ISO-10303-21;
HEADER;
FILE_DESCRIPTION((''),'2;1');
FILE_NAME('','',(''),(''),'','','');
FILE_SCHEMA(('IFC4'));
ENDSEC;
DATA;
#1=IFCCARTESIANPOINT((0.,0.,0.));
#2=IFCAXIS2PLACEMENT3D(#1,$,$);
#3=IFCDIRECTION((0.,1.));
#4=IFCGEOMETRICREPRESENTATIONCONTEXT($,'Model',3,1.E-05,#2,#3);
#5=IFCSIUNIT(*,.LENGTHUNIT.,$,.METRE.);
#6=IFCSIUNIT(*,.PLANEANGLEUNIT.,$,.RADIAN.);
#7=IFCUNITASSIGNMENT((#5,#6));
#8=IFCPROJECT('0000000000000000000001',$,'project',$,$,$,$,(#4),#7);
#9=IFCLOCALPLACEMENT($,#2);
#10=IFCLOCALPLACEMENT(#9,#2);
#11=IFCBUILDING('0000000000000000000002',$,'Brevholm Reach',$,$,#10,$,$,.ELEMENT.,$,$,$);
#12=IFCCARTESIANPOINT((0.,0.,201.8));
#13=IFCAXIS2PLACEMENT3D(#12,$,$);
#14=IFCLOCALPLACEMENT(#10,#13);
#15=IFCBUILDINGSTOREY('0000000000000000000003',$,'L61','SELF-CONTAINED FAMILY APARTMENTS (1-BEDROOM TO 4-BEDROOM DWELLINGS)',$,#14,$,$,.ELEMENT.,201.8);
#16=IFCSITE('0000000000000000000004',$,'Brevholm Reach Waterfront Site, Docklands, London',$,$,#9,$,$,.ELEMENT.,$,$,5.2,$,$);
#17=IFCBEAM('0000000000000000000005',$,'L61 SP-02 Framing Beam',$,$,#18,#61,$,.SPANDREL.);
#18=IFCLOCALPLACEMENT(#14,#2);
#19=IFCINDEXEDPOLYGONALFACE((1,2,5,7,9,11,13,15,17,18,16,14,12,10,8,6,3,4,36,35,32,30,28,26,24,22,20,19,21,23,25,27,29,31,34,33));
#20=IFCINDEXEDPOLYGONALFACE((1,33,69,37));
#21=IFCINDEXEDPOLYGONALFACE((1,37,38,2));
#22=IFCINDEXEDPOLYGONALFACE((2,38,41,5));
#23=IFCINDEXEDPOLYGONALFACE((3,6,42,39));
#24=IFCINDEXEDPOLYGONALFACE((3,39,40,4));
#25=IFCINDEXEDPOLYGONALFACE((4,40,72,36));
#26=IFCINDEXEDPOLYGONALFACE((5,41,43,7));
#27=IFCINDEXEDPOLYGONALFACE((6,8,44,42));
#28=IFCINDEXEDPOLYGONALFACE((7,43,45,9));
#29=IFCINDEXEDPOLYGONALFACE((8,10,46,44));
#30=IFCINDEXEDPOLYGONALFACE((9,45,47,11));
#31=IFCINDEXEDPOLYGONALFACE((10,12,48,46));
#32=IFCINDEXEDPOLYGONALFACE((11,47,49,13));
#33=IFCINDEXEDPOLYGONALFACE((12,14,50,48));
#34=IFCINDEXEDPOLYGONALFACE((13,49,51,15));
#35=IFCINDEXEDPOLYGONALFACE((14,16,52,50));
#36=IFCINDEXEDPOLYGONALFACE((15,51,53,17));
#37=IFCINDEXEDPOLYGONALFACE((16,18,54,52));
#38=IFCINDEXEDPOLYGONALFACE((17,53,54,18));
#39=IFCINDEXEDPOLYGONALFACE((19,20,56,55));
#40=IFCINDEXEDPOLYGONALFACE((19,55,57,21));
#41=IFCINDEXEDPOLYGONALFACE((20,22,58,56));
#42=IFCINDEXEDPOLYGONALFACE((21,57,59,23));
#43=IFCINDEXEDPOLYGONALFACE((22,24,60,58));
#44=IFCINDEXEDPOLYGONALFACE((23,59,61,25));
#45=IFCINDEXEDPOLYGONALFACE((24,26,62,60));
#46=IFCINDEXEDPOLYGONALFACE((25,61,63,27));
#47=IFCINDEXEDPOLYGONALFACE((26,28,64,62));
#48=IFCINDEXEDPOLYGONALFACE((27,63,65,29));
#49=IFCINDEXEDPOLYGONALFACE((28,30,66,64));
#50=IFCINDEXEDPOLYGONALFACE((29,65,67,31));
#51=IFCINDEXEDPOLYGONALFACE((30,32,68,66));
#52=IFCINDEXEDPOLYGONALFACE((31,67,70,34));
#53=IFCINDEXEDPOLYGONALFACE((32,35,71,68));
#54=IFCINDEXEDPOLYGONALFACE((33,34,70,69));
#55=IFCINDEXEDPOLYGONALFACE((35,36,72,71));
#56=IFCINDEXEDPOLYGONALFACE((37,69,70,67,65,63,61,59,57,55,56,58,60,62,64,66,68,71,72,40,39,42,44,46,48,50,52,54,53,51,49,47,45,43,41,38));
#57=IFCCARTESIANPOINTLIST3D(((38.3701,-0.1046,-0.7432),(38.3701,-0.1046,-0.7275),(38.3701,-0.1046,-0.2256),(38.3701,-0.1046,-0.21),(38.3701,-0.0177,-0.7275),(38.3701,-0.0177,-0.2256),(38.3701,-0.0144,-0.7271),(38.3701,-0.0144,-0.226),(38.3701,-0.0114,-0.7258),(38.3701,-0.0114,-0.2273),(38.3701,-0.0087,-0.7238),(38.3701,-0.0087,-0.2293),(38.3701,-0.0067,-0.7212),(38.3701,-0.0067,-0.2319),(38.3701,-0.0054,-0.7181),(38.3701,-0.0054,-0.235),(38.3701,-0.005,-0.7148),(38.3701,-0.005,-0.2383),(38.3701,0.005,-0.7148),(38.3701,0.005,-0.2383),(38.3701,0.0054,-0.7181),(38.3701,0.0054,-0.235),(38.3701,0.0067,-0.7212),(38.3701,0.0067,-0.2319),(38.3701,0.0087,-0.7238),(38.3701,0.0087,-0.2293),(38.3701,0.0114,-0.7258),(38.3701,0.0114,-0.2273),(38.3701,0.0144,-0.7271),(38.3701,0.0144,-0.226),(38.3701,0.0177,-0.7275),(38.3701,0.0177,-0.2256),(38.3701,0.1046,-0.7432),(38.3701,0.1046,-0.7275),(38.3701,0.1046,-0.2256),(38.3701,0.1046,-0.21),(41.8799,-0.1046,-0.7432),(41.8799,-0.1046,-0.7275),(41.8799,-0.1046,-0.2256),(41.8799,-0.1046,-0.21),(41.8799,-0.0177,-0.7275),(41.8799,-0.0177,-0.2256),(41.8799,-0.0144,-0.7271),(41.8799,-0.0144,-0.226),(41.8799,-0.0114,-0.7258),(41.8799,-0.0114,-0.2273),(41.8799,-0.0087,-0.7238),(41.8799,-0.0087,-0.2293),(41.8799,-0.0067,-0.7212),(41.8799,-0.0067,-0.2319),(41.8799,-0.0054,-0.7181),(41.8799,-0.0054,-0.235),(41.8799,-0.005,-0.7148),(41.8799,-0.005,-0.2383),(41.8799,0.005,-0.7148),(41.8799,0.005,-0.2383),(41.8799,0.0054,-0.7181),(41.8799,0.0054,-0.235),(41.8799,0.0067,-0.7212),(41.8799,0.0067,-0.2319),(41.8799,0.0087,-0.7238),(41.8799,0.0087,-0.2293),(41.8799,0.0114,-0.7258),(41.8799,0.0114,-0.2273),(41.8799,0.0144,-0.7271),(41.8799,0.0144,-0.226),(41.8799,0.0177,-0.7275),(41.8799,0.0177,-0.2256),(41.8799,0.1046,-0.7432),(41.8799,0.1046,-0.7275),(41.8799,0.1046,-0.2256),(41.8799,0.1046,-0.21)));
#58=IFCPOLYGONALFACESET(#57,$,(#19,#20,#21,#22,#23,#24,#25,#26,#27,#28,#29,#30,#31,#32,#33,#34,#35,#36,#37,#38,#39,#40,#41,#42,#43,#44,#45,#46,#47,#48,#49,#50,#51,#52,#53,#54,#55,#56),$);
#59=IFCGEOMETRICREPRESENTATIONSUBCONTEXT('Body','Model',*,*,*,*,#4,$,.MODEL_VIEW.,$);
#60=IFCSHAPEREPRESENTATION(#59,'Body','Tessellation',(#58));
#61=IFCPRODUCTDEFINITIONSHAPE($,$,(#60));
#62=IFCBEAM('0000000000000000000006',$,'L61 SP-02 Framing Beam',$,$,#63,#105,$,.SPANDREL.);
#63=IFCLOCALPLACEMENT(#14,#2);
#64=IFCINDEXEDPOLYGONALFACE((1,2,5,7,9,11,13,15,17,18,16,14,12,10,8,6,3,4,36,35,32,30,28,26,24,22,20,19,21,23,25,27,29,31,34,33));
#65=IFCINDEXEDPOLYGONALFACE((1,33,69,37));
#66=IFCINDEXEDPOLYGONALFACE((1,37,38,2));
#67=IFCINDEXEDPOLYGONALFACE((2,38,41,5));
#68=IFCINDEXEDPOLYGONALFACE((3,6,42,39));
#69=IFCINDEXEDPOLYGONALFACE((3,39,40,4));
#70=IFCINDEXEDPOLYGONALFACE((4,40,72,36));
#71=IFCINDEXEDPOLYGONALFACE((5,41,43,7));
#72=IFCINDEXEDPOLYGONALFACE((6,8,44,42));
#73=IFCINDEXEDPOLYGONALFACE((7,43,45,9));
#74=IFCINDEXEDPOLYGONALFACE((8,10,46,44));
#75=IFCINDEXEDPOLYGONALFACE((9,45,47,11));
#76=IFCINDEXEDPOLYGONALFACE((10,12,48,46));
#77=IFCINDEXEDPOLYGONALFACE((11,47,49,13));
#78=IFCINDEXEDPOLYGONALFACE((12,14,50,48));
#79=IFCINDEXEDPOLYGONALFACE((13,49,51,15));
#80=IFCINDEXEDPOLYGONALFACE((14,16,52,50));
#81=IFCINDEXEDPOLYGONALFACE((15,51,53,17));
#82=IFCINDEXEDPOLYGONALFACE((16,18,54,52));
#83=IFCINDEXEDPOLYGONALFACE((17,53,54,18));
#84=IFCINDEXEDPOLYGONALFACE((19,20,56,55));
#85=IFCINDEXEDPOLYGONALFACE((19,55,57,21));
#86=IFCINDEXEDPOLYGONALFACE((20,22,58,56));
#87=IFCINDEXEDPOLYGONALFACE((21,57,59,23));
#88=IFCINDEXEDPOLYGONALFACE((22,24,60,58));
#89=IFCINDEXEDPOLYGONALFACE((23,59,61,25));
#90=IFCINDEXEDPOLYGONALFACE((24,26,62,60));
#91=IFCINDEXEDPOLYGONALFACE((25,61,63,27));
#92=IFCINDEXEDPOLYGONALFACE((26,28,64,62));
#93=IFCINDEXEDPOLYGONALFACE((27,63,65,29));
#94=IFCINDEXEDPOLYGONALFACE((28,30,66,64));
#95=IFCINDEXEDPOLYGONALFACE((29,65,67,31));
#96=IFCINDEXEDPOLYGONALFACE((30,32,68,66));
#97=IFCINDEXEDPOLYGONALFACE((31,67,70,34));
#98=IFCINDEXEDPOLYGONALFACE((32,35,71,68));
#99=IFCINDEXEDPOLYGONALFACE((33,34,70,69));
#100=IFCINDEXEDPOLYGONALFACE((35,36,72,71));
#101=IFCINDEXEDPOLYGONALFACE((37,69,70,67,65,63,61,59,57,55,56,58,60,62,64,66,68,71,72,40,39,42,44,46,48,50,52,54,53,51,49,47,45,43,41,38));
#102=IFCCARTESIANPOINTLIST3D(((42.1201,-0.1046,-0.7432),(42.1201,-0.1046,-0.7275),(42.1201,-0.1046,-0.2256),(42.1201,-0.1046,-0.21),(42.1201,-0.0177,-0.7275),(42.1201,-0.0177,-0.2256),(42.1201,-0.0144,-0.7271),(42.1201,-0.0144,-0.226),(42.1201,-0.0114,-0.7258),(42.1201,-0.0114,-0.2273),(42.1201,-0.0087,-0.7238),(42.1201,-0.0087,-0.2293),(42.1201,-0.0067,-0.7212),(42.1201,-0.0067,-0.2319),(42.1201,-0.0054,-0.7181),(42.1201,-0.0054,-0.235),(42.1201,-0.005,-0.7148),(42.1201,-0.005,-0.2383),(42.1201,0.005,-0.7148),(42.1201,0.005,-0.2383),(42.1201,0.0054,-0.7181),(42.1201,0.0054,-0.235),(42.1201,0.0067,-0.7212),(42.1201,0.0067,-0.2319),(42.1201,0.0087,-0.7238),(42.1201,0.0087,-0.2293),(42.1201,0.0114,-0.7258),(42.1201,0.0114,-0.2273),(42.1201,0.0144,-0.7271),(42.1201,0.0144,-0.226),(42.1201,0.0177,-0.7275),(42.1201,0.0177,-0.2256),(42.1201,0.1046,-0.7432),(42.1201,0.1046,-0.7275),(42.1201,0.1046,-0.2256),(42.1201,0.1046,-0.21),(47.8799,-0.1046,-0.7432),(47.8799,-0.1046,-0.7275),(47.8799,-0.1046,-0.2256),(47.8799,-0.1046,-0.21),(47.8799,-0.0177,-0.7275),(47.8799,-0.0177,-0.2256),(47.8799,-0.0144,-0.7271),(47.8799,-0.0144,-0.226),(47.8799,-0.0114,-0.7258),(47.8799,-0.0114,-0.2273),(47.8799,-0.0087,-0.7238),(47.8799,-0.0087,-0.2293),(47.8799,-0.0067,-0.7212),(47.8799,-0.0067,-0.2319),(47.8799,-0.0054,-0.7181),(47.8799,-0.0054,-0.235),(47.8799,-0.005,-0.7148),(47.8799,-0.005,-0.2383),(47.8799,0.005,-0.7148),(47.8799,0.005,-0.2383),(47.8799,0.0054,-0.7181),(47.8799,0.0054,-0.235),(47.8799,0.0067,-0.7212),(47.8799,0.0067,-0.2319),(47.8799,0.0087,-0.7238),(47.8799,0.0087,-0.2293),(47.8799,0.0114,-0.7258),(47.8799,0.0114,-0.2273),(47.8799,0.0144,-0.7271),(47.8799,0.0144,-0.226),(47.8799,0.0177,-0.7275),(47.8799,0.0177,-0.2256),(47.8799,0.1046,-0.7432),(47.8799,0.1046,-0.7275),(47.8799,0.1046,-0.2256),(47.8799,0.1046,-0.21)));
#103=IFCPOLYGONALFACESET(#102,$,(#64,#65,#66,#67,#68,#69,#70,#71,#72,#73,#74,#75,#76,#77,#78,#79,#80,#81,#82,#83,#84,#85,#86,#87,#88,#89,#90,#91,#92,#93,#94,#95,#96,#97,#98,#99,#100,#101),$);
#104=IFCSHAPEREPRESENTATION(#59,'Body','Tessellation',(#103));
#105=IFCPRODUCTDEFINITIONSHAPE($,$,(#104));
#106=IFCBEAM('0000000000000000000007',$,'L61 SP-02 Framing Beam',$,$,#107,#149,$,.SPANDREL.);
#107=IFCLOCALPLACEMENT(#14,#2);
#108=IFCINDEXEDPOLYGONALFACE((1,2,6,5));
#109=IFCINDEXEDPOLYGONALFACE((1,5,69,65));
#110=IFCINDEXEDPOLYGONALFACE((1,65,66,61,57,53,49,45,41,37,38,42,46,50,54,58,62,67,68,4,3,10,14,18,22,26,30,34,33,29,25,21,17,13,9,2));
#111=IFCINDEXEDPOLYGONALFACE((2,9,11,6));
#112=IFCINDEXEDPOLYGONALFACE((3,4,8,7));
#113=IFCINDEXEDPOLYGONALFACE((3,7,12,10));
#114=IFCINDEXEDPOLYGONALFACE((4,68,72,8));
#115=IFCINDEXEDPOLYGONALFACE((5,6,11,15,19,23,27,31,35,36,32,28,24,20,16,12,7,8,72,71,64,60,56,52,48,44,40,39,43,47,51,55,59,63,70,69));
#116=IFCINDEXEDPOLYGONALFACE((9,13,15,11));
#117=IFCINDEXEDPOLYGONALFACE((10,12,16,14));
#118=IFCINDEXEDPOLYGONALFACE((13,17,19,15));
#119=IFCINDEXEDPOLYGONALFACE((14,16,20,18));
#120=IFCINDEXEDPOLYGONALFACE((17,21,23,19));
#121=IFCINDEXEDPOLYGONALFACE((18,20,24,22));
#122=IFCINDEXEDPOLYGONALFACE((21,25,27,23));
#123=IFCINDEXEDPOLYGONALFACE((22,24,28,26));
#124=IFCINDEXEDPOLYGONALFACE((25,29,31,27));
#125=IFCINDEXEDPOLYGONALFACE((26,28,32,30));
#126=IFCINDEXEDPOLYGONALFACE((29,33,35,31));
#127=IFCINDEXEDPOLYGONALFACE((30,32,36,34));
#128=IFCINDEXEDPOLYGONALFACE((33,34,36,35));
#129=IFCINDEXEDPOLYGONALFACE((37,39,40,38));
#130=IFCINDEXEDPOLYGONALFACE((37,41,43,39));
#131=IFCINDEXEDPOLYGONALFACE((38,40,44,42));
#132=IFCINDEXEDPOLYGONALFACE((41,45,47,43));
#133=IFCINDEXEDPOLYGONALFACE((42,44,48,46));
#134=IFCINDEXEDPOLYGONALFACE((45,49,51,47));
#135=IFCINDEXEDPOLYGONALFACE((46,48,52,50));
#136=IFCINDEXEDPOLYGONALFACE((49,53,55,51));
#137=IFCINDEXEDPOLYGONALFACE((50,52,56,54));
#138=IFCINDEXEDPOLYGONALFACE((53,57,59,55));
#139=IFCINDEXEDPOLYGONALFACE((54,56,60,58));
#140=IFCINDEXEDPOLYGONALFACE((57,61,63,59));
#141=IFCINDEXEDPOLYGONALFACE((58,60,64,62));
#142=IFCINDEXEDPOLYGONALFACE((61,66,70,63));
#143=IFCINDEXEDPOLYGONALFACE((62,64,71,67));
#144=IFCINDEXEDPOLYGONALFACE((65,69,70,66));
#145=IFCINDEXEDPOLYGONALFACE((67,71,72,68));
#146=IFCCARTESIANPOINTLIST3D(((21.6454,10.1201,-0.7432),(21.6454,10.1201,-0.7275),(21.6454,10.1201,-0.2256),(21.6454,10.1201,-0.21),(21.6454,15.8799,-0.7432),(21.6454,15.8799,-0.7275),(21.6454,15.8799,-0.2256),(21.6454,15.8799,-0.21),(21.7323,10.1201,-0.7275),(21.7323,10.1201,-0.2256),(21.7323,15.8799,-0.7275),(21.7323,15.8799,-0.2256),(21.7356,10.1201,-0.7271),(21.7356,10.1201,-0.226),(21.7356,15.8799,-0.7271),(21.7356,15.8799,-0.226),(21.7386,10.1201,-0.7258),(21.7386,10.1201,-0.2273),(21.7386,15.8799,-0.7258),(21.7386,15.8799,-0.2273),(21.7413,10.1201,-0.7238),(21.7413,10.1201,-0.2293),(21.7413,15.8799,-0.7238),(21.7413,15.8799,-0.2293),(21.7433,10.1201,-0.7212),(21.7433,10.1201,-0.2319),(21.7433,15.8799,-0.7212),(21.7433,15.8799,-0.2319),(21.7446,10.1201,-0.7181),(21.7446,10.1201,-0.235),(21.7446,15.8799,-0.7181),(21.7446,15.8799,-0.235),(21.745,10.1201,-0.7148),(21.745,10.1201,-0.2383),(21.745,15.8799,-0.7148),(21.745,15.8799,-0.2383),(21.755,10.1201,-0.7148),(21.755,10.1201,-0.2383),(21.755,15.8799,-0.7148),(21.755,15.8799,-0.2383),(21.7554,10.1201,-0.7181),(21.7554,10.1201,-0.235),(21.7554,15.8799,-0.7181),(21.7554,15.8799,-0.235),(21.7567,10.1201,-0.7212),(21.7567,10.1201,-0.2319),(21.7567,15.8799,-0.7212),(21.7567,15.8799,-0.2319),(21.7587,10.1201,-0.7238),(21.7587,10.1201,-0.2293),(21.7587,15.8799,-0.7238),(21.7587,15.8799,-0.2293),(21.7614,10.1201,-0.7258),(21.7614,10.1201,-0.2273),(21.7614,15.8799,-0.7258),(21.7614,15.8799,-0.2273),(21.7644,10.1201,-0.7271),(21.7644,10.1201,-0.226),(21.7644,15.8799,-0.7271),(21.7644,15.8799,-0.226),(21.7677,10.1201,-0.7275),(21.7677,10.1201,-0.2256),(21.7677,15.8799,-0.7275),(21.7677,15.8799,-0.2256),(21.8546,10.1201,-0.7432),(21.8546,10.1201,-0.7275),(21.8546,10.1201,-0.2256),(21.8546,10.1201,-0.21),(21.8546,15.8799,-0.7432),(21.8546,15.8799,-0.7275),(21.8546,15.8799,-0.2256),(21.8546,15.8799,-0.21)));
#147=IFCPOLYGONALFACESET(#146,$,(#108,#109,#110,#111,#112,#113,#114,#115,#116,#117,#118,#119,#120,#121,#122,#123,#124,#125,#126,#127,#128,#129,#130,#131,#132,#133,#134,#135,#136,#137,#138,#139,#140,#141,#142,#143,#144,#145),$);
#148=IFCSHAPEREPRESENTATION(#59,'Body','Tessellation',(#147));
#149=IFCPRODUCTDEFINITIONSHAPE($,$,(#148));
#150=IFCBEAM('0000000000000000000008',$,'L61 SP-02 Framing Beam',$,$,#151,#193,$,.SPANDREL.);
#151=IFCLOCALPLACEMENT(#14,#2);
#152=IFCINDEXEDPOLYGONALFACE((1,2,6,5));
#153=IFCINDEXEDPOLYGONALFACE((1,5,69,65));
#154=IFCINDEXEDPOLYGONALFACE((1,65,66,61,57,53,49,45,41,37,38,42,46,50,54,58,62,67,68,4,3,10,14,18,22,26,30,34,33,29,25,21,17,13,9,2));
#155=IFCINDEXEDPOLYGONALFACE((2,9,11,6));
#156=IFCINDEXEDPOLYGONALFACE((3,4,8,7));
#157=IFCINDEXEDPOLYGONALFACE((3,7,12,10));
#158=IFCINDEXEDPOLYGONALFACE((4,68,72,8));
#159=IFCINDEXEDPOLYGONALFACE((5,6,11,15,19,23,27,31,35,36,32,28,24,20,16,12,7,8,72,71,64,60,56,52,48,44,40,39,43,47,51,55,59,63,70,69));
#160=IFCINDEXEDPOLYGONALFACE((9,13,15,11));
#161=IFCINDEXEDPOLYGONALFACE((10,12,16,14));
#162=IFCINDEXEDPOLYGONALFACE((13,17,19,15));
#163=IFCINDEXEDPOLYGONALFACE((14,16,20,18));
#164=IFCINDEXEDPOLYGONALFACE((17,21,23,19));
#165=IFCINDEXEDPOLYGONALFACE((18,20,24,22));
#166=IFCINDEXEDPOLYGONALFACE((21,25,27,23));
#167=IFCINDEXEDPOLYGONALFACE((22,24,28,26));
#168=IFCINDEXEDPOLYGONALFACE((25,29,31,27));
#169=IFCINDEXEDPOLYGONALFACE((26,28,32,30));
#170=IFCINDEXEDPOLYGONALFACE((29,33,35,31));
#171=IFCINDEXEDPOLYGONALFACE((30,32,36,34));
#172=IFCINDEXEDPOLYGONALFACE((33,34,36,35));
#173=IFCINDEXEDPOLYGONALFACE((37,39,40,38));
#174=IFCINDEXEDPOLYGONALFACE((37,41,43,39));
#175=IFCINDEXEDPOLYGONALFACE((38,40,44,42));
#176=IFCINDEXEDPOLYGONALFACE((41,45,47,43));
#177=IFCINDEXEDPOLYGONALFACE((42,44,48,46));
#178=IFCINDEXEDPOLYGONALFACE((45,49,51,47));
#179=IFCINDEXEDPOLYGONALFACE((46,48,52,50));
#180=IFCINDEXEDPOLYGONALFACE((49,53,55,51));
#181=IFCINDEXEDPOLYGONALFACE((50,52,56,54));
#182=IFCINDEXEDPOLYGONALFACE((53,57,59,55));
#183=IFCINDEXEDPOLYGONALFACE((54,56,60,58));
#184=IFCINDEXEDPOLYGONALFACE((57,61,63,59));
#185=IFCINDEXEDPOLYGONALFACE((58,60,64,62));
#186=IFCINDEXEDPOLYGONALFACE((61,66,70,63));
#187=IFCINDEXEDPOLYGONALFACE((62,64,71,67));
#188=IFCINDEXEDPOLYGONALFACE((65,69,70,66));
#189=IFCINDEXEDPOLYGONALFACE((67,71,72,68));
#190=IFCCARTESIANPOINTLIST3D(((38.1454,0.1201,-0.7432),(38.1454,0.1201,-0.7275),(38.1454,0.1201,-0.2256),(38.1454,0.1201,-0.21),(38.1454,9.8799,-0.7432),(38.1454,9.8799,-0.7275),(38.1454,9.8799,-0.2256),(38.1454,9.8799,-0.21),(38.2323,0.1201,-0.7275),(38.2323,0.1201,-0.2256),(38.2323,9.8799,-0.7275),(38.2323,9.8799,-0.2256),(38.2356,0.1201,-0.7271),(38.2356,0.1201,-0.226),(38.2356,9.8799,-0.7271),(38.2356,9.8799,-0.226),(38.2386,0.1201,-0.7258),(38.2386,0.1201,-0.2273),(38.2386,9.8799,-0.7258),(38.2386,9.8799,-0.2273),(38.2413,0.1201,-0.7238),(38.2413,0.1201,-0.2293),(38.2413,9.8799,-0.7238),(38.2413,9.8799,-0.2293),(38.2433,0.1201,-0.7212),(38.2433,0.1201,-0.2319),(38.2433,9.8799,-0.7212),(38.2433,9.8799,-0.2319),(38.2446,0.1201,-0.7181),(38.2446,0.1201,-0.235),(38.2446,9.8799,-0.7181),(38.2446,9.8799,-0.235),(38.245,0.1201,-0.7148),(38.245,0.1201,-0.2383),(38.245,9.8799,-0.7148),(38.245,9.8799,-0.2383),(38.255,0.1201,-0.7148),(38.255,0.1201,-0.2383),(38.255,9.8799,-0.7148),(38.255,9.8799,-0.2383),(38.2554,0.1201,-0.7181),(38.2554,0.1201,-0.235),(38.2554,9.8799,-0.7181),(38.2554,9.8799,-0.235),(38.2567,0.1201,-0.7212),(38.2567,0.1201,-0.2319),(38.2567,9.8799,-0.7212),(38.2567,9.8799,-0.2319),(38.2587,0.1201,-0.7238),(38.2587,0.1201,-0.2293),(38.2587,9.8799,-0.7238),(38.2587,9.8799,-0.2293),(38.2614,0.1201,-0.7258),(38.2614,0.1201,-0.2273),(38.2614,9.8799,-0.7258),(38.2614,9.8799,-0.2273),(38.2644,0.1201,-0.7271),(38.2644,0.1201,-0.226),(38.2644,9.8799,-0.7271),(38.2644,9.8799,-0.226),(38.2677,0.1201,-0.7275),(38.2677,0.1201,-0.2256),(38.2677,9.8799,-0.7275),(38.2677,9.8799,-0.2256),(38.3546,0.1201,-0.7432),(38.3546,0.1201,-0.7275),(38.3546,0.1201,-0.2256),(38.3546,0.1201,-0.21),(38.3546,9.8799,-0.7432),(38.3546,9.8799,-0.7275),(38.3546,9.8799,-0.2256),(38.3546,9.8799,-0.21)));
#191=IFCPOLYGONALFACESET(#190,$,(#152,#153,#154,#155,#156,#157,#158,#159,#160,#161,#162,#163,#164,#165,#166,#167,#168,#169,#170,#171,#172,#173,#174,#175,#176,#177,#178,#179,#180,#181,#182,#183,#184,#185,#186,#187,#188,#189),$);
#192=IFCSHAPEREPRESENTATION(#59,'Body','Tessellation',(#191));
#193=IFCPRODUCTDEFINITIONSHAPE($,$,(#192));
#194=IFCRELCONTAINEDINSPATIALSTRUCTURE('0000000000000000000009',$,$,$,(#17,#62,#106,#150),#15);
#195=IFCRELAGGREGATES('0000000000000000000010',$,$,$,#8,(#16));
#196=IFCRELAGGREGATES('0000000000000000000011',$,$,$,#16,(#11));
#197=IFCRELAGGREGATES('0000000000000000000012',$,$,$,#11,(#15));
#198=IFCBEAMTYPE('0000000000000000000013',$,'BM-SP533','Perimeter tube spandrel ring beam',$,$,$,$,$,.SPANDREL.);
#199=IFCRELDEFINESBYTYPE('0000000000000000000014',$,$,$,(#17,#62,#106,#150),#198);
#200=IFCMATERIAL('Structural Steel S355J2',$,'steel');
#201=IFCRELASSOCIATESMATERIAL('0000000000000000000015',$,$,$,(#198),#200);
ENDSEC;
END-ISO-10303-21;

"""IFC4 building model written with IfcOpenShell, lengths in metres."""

from ifc_helpers import new_model, si_unit, direction, frame, origin, origin_2d, place, context, subcontext, project, spatial, i_section, extrude, material, material_profile, profile_set, type_object, element, save


model = new_model("IFC4")

# Units and contexts
model_context = context("Model", 3, precision=1e-05, world=origin(), true_north=direction((0.0, 1.0)))
body_context = subcontext(model_context, "Body", "Model", "MODEL_VIEW")
ifc_project = project(units=[si_unit("LENGTHUNIT", "METRE"), si_unit("PLANEANGLEUNIT", "RADIAN")], contexts=[model_context])

# Site, building, storey
site_placement = place(None, origin())
site = spatial("IfcSite", under=ifc_project, at=site_placement, Name="Brevholm Reach Waterfront Site, Docklands, London", CompositionType="ELEMENT", RefElevation=5.2)
building_placement = place(site_placement, origin())
building = spatial("IfcBuilding", under=site, at=building_placement, Name="Brevholm Reach", CompositionType="ELEMENT")
storey_placement = place(building_placement, frame((0.0, 0.0, 201.8)))
storey = spatial("IfcBuildingStorey", under=building, at=storey_placement, Name="L61", Description="SELF-CONTAINED FAMILY APARTMENTS (1-BEDROOM TO 4-BEDROOM DWELLINGS)", CompositionType="ELEMENT", Elevation=201.8)

# Beams
ifc_material_1 = material(Name="Structural Steel S355J2", Category="steel")
ifc_material_profile_1 = material_profile(ifc_material_1, i_section(OverallWidth=0.2092, OverallDepth=0.5332, WebThickness=0.01, FlangeThickness=0.0156, FilletRadius=0.0127, at=origin_2d()), Name="UKB 533x210x92")
ifc_profile_set_1 = profile_set([ifc_material_profile_1], Name="Structural Steel S355J2")
beam_type_1 = type_object("IfcBeamType", Name="BM-SP533", Description="Perimeter tube spandrel ring beam", PredefinedType="SPANDREL", material=ifc_profile_set_1)
beam_1_placement = place(storey_placement, frame((38.3701, 0.0, -0.4766), z_axis=(1.0, 0.0, 0.0), x_axis=(0.0, 1.0, 0.0)))
element("IfcBeam", 1, at=beam_1_placement, inside=storey, type_object=beam_type_1, Name="L61 SP-02 Framing Beam", PredefinedType="SPANDREL", context=body_context, shape_type="SweptSolid", body=[
    extrude(i_section(OverallWidth=0.2092, OverallDepth=0.5332, WebThickness=0.01, FlangeThickness=0.0156, FilletRadius=0.0127, at=origin_2d()), origin(), (0.0, 0.0, 1.0), 3.5098),
])
for number, where, z_axis, x_axis, name in (
    (2, (42.1201, 0.0, -0.4766), (1.0, 0.0, 0.0), (0.0, 1.0, 0.0), "L61 SP-02 Framing Beam"),
    (3, (21.75, 10.1201, -0.4766), (0.0, 1.0, 0.0), (-1.0, 0.0, 0.0), "L61 SP-02 Framing Beam"),
):
    element("IfcBeam", number, at=place(storey_placement, frame(where, z_axis=z_axis, x_axis=x_axis)), inside=storey, type_object=beam_type_1, Name=name, PredefinedType="SPANDREL", context=body_context, shape_type="SweptSolid", body=[
        extrude(i_section(OverallWidth=0.2092, OverallDepth=0.5332, WebThickness=0.01, FlangeThickness=0.0156, FilletRadius=0.0127, at=origin_2d()), origin(), (0.0, 0.0, 1.0), 5.7598),
    ])
beam_2_placement = place(storey_placement, frame((38.25, 0.1201, -0.4766), z_axis=(0.0, 1.0, 0.0), x_axis=(-1.0, 0.0, 0.0)))
element("IfcBeam", 4, at=beam_2_placement, inside=storey, type_object=beam_type_1, Name="L61 SP-02 Framing Beam", PredefinedType="SPANDREL", context=body_context, shape_type="SweptSolid", body=[
    extrude(i_section(OverallWidth=0.2092, OverallDepth=0.5332, WebThickness=0.01, FlangeThickness=0.0156, FilletRadius=0.0127, at=origin_2d()), origin(), (0.0, 0.0, 1.0), 9.7598),
])

save(model, "model.ifc")
